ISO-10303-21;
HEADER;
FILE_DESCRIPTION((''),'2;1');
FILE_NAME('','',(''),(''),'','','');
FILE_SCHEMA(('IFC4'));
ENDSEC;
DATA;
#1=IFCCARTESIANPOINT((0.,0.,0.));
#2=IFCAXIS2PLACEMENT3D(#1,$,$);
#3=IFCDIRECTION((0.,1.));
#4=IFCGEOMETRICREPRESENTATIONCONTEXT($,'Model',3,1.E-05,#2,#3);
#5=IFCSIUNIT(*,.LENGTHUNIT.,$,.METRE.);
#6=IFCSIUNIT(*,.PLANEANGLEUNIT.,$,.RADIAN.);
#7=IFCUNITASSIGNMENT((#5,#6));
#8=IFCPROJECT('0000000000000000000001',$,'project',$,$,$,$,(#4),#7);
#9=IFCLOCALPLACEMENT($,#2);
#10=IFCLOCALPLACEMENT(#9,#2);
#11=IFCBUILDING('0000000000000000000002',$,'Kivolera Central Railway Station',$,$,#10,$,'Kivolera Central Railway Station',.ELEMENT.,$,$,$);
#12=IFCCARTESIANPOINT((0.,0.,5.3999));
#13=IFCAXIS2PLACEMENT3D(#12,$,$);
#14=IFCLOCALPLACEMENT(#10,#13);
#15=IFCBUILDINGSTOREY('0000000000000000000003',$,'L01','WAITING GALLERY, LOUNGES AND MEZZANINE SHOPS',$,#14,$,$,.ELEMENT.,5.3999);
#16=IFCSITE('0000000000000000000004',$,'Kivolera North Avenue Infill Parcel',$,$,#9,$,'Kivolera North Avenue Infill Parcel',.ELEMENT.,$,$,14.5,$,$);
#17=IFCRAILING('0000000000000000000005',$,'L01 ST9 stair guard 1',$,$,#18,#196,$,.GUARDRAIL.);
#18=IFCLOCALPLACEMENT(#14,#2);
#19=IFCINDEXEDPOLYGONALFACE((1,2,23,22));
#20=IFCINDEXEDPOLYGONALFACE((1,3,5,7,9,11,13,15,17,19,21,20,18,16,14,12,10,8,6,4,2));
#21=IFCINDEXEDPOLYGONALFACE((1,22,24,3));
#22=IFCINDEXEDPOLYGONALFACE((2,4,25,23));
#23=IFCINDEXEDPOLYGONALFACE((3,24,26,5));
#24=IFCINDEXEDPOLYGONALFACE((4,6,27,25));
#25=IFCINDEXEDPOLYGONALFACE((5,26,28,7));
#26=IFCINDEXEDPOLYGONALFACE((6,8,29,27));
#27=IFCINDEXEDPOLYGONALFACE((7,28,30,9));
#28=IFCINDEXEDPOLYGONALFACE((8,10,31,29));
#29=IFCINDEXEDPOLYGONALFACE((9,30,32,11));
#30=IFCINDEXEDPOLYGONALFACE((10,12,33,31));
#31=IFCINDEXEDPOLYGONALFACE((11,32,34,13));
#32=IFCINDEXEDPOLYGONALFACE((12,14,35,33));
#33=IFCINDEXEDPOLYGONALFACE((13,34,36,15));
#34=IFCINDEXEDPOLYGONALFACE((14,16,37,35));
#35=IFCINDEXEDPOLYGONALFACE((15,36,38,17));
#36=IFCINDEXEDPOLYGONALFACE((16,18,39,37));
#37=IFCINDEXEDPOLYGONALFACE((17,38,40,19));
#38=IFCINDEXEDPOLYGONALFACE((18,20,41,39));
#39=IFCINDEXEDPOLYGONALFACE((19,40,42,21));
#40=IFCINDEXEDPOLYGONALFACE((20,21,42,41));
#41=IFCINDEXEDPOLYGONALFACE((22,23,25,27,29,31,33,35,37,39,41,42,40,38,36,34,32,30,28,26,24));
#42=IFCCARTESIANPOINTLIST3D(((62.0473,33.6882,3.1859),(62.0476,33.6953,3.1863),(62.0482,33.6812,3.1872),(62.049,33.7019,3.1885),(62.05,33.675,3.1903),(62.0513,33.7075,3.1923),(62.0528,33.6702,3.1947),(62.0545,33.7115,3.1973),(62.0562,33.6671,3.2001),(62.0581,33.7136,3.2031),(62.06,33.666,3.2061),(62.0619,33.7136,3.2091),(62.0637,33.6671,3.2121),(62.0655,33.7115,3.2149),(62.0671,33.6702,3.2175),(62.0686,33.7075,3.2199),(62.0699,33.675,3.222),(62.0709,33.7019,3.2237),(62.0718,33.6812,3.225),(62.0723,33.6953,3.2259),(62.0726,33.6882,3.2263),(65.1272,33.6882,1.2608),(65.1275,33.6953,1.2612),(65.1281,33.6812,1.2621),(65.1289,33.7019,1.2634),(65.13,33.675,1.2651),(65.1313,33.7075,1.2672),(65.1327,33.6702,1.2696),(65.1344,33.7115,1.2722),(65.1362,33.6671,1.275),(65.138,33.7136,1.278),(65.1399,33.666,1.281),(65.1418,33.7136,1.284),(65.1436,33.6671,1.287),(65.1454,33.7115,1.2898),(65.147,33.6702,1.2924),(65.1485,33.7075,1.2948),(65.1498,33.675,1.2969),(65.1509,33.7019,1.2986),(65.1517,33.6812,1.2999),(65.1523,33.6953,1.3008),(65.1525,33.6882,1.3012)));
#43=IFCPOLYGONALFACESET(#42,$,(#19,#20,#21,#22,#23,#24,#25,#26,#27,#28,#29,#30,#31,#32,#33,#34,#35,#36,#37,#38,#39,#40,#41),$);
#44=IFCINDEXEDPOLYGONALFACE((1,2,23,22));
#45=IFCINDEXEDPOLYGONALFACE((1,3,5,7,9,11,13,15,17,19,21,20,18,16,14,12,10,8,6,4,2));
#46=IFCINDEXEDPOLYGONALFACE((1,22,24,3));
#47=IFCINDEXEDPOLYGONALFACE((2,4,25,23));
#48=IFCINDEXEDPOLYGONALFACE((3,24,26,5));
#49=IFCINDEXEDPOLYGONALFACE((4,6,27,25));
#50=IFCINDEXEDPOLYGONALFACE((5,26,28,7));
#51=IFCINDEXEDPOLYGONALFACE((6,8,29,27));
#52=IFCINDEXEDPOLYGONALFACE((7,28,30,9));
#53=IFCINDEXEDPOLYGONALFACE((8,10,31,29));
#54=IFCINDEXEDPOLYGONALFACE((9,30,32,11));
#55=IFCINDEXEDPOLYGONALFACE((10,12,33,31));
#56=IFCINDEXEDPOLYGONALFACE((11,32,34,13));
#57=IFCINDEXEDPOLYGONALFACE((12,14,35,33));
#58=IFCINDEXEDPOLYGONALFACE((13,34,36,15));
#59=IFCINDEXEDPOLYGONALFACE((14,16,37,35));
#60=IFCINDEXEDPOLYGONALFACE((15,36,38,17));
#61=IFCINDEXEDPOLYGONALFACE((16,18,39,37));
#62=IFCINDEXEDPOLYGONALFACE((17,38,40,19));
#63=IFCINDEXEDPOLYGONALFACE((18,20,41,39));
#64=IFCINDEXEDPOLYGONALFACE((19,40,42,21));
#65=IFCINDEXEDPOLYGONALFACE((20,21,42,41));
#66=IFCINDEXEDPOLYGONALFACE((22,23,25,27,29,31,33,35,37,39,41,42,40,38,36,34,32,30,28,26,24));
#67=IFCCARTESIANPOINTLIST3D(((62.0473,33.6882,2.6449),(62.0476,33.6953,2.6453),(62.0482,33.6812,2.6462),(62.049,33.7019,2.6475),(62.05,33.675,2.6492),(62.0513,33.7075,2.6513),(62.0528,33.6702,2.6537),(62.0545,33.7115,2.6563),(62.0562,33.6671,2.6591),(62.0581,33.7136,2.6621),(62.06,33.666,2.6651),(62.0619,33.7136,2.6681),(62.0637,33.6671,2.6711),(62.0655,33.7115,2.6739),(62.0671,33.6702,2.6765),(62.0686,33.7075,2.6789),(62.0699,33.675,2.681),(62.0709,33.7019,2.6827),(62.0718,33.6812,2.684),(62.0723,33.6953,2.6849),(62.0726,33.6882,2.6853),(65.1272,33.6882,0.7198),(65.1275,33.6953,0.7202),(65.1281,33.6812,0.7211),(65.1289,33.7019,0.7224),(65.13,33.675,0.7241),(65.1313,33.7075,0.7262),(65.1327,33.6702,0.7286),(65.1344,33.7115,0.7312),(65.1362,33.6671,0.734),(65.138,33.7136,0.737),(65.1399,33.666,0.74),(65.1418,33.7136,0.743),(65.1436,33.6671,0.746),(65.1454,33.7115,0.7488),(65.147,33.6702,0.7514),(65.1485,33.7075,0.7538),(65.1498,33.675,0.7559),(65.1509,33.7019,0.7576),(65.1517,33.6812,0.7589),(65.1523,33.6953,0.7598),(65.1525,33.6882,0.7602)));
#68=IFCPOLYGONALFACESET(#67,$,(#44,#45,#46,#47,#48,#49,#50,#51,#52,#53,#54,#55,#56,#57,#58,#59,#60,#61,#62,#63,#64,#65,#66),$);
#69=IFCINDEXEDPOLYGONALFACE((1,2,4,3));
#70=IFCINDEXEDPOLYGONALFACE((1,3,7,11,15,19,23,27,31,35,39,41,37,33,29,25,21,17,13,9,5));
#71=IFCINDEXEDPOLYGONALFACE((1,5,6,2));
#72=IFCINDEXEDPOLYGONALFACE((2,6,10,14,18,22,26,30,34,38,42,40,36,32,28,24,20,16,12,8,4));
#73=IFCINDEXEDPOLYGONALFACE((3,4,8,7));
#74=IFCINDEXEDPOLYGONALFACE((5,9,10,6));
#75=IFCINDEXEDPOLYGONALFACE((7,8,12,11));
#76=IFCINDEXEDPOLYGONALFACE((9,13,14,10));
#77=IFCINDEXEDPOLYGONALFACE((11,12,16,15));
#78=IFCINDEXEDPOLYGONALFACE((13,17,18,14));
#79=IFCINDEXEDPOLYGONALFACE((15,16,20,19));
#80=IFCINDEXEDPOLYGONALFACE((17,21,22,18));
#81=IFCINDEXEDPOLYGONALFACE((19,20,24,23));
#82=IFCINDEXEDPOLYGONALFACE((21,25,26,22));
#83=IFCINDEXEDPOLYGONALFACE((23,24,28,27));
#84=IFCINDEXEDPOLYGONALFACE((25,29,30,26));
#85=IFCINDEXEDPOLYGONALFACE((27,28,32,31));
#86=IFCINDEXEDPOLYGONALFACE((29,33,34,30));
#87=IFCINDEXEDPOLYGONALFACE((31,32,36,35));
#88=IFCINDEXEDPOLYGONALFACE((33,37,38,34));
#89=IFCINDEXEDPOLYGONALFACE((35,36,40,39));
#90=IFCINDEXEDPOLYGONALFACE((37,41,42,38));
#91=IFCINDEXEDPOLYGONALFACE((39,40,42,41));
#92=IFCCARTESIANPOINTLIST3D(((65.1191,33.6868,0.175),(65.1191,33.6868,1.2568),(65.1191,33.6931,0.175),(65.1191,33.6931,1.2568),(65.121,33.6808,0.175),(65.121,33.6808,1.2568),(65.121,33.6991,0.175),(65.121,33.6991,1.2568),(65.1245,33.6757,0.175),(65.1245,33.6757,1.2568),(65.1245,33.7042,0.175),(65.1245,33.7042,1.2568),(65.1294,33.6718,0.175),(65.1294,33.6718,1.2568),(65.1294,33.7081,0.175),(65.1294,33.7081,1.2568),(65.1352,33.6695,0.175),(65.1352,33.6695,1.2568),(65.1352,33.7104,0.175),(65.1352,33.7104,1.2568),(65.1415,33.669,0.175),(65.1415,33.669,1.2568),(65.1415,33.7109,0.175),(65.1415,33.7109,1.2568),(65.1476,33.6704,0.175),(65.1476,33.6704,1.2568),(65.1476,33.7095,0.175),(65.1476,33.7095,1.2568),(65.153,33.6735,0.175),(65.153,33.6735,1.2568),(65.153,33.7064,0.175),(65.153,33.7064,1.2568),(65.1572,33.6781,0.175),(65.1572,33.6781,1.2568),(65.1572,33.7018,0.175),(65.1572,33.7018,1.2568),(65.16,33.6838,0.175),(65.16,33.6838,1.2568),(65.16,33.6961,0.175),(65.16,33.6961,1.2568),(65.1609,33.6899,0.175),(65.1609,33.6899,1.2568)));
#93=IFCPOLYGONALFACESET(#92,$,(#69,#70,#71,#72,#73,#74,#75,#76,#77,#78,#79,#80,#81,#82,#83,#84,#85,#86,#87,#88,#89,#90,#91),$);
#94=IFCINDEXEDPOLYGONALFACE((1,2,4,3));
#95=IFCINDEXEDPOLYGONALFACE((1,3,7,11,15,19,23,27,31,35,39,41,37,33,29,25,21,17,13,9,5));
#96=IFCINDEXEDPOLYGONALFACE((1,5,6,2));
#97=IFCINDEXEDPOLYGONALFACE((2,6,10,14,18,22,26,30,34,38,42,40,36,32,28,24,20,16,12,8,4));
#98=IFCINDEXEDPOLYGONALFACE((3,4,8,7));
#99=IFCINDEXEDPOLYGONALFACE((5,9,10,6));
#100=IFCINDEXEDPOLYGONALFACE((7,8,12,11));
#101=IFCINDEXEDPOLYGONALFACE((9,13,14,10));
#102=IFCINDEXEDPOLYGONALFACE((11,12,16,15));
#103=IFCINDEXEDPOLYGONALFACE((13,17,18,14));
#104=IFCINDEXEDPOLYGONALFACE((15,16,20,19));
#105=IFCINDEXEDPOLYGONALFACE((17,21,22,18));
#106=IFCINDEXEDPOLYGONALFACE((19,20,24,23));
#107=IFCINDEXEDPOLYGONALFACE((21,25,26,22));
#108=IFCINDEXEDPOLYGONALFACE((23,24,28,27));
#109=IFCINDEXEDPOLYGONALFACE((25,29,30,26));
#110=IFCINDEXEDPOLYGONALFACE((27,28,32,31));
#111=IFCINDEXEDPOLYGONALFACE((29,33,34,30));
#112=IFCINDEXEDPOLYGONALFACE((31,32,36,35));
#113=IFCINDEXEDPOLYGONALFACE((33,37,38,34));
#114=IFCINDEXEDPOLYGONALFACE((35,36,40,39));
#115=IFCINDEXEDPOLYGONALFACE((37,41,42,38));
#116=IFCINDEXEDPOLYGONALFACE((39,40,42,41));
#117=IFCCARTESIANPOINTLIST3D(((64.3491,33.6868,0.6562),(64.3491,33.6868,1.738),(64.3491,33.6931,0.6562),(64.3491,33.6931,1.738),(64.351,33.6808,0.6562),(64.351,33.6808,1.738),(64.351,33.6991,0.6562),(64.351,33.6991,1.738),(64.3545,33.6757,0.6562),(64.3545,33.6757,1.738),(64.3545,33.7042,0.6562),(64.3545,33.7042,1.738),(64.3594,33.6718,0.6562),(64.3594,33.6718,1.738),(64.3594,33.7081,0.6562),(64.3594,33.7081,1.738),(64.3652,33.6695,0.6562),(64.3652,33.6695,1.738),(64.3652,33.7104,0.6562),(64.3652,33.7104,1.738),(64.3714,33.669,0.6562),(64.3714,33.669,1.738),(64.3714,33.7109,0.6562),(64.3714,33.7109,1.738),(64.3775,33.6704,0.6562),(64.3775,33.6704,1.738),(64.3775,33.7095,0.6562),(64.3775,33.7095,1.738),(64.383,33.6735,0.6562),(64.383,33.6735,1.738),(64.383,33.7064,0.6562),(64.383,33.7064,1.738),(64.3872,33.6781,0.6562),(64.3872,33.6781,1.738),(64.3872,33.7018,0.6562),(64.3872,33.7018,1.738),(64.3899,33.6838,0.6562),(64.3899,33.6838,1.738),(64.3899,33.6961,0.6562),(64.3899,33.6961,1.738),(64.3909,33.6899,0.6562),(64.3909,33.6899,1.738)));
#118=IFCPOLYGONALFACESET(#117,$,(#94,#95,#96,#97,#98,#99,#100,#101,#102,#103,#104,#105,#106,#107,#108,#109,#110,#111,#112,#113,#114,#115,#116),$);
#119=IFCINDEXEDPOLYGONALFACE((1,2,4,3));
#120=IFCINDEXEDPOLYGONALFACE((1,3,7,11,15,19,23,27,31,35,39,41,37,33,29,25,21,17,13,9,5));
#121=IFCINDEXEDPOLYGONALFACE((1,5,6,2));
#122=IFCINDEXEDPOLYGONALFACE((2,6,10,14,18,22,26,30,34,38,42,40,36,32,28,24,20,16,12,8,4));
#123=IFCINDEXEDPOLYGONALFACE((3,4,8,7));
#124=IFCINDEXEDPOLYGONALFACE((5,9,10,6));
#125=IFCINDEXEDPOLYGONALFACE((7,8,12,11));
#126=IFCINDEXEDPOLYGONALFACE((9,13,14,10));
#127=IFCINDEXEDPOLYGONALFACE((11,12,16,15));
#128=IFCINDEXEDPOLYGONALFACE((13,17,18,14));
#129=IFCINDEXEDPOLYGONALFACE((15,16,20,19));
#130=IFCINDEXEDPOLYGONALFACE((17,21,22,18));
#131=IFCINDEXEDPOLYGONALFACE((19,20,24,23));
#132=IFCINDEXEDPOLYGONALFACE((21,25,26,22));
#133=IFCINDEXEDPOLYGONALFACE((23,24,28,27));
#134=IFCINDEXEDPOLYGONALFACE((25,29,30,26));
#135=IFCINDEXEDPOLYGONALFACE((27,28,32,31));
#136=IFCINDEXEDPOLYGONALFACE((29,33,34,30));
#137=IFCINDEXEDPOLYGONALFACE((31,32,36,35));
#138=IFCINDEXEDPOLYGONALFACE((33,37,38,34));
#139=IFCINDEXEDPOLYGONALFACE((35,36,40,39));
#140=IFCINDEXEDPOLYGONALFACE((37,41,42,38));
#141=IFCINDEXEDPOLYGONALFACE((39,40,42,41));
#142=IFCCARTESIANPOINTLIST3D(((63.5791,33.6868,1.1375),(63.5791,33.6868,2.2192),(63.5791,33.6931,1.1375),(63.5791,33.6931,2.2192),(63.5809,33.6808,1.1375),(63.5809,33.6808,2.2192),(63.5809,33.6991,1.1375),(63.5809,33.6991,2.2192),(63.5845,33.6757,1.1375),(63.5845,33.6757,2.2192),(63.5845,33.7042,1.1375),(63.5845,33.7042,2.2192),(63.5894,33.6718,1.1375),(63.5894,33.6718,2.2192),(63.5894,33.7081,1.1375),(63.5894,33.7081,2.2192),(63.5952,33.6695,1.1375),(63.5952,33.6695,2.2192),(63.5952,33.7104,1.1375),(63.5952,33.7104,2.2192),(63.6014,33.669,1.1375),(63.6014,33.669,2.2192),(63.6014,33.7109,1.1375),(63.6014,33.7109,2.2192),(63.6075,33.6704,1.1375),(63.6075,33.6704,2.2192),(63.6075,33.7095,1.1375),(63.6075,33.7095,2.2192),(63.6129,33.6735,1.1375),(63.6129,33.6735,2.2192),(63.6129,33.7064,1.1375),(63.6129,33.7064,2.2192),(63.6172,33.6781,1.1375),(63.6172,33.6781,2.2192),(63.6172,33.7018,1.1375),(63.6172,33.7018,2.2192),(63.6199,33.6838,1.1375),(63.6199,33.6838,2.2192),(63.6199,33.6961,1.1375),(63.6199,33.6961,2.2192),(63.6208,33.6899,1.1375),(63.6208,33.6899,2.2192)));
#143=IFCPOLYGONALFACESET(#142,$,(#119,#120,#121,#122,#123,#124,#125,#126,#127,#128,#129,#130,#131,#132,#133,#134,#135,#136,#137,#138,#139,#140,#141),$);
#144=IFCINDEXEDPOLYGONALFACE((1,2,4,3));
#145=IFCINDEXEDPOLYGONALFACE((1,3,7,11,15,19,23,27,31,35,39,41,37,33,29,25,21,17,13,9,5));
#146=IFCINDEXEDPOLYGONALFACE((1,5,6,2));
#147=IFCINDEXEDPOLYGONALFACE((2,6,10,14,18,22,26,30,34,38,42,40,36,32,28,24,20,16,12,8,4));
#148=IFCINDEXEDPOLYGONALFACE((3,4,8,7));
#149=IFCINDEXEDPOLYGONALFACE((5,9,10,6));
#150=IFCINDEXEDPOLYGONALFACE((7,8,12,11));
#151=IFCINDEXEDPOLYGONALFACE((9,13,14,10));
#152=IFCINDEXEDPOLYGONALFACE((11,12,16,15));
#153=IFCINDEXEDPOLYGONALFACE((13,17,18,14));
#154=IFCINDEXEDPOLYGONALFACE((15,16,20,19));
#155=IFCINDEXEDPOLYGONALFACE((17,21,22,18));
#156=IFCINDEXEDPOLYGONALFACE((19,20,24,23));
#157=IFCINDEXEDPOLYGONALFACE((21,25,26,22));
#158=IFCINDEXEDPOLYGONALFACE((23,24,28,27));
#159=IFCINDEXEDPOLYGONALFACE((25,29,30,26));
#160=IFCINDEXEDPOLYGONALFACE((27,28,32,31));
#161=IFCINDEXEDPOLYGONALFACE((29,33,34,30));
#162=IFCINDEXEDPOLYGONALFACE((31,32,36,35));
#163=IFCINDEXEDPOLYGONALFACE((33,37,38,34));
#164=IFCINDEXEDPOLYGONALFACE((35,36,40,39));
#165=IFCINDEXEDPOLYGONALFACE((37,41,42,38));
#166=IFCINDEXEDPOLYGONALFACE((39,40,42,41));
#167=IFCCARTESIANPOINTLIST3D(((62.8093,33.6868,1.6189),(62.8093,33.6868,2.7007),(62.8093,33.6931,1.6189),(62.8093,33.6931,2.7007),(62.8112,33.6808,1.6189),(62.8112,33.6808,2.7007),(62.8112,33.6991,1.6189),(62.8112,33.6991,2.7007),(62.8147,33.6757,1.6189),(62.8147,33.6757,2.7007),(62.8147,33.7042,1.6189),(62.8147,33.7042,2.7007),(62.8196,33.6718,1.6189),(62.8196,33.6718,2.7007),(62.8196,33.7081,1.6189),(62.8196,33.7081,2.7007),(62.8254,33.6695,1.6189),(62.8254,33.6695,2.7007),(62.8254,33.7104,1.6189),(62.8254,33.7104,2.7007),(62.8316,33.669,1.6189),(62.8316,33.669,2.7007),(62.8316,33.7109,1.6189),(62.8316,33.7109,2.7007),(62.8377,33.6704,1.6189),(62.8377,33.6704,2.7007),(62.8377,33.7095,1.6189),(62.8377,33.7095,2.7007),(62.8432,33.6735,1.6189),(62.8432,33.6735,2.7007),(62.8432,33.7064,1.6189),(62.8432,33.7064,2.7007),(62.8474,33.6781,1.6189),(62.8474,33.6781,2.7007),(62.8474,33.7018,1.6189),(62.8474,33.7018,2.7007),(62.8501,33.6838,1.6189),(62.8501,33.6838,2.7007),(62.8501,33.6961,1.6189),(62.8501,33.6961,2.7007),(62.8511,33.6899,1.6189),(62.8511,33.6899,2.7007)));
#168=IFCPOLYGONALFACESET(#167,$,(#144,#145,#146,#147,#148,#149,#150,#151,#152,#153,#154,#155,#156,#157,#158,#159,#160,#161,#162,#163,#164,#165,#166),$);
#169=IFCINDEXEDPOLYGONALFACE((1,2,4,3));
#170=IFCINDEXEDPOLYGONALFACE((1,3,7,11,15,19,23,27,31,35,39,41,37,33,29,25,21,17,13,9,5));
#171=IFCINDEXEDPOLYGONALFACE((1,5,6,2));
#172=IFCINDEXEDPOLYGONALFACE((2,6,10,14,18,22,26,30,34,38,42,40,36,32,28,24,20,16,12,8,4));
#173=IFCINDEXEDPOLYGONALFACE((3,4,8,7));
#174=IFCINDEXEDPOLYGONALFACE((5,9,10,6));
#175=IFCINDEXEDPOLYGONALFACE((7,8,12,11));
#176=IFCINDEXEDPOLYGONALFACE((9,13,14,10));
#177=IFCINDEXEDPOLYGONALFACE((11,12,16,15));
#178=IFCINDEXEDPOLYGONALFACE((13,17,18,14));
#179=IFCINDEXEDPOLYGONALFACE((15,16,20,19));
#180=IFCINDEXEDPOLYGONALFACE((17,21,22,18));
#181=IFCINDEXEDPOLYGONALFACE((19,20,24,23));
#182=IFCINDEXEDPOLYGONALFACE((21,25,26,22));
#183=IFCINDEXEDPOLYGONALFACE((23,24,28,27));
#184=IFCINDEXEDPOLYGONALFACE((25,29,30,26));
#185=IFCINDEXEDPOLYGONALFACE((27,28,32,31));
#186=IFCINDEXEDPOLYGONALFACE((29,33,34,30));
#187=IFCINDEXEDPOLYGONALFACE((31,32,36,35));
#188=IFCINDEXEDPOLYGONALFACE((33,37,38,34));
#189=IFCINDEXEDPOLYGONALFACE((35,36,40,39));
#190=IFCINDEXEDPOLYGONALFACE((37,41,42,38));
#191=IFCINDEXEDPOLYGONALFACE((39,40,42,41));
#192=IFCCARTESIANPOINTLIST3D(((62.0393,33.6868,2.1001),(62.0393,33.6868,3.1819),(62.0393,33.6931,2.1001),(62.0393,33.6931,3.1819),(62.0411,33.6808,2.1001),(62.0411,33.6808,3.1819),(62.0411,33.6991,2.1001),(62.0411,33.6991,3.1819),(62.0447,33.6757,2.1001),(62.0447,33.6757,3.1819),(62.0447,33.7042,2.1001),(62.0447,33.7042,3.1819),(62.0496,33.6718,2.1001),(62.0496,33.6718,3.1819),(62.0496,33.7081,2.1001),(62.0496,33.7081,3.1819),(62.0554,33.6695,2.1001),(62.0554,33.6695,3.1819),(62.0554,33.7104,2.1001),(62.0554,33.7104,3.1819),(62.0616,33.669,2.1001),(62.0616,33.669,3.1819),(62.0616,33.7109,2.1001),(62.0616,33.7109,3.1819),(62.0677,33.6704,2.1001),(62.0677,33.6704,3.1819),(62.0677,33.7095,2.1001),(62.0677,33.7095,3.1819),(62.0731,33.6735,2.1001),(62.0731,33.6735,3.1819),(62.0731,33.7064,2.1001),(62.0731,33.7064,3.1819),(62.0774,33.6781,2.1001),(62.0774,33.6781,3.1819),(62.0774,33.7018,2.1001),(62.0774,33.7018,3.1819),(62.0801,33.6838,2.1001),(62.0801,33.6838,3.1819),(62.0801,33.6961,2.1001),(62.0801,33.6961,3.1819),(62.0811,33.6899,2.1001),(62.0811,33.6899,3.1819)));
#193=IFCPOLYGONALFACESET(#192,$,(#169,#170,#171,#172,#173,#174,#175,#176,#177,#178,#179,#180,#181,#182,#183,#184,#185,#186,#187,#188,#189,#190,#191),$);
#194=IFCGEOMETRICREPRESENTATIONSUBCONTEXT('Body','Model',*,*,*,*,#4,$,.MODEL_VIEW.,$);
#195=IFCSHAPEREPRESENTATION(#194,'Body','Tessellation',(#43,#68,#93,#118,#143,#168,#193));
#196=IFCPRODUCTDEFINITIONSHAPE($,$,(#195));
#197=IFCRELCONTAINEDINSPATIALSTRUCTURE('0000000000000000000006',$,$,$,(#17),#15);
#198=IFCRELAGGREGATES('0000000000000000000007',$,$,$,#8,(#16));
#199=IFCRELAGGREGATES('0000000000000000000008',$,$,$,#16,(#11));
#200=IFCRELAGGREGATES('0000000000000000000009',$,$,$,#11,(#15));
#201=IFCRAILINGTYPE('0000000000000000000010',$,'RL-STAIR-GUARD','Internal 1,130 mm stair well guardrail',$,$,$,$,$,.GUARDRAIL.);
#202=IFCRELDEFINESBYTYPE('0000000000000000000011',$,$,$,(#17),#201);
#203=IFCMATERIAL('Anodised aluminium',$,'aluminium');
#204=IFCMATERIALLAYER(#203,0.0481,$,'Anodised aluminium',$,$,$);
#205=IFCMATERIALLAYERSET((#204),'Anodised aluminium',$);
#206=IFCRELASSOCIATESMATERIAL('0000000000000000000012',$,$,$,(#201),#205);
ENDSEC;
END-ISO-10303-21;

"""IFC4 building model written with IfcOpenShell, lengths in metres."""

from ifc_helpers import new_model, si_unit, direction, frame, origin, origin_2d, place, context, subcontext, project, spatial, circle, extrude, material, layer, layer_set, type_object, element, save


model = new_model("IFC4")

# Units and contexts
model_context = context("Model", 3, precision=1e-05, world=origin(), true_north=direction((0.0, 1.0)))
body_context = subcontext(model_context, "Body", "Model", "MODEL_VIEW")
ifc_project = project(units=[si_unit("LENGTHUNIT", "METRE"), si_unit("PLANEANGLEUNIT", "RADIAN")], contexts=[model_context])

# Site, building, storey
site_placement = place(None, origin())
site = spatial("IfcSite", under=ifc_project, at=site_placement, Name="Kivolera North Avenue Infill Parcel", LongName="Kivolera North Avenue Infill Parcel", CompositionType="ELEMENT", RefElevation=14.5)
building_placement = place(site_placement, origin())
building = spatial("IfcBuilding", under=site, at=building_placement, Name="Kivolera Central Railway Station", LongName="Kivolera Central Railway Station", CompositionType="ELEMENT")
storey_placement = place(building_placement, frame((0.0, 0.0, 5.3999)))
storey = spatial("IfcBuildingStorey", under=building, at=storey_placement, Name="L01", Description="WAITING GALLERY, LOUNGES AND MEZZANINE SHOPS", CompositionType="ELEMENT", Elevation=5.3999)

# Railing
ifc_material_1 = material(Name="Anodised aluminium", Category="aluminium")
ifc_layer_1 = layer(ifc_material_1, 0.0481, Name="Anodised aluminium")
ifc_layer_set_1 = layer_set([ifc_layer_1], Name="Anodised aluminium")
railing_type_1 = type_object("IfcRailingType", Name="RL-STAIR-GUARD", Description="Internal 1,130 mm stair well guardrail", PredefinedType="GUARDRAIL", material=ifc_layer_set_1)
railing_1_placement = place(storey_placement, frame((65.1399, 33.6899, 0.175)))
element("IfcRailing", 1, at=railing_1_placement, inside=storey, type_object=railing_type_1, Name="L01 ST9 stair guard 1", PredefinedType="GUARDRAIL", context=body_context, shape_type="SweptSolid", body=[
    extrude(circle(Radius=0.0239, at=origin_2d()), frame((0.0, 0.0, 1.106), z_axis=(-0.847979, 0.0, 0.530029), x_axis=(0.0, -1.0, 0.0)), (0.0, 0.0, 1.0), 3.6321),
    extrude(circle(Radius=0.0239, at=origin_2d()), frame((0.0, 0.0, 0.5649), z_axis=(-0.847979, 0.0, 0.530029), x_axis=(0.0, -1.0, 0.0)), (0.0, 0.0, 1.0), 3.6321),
    extrude(circle(Radius=0.021, at=origin_2d()), origin(), (0.0, 0.0, 1.0), 1.0818),
    extrude(circle(Radius=0.021, at=origin_2d()), frame((-0.77, 0.0, 0.4812)), (0.0, 0.0, 1.0), 1.0818),
    extrude(circle(Radius=0.021, at=origin_2d()), frame((-1.54, 0.0, 0.9624)), (0.0, 0.0, 1.0), 1.0818),
    extrude(circle(Radius=0.021, at=origin_2d()), frame((-2.3098, 0.0, 1.4438)), (0.0, 0.0, 1.0), 1.0818),
    extrude(circle(Radius=0.021, at=origin_2d()), frame((-3.0798, 0.0, 1.925)), (0.0, 0.0, 1.0), 1.0818),
])

save(model, "model.ifc")
